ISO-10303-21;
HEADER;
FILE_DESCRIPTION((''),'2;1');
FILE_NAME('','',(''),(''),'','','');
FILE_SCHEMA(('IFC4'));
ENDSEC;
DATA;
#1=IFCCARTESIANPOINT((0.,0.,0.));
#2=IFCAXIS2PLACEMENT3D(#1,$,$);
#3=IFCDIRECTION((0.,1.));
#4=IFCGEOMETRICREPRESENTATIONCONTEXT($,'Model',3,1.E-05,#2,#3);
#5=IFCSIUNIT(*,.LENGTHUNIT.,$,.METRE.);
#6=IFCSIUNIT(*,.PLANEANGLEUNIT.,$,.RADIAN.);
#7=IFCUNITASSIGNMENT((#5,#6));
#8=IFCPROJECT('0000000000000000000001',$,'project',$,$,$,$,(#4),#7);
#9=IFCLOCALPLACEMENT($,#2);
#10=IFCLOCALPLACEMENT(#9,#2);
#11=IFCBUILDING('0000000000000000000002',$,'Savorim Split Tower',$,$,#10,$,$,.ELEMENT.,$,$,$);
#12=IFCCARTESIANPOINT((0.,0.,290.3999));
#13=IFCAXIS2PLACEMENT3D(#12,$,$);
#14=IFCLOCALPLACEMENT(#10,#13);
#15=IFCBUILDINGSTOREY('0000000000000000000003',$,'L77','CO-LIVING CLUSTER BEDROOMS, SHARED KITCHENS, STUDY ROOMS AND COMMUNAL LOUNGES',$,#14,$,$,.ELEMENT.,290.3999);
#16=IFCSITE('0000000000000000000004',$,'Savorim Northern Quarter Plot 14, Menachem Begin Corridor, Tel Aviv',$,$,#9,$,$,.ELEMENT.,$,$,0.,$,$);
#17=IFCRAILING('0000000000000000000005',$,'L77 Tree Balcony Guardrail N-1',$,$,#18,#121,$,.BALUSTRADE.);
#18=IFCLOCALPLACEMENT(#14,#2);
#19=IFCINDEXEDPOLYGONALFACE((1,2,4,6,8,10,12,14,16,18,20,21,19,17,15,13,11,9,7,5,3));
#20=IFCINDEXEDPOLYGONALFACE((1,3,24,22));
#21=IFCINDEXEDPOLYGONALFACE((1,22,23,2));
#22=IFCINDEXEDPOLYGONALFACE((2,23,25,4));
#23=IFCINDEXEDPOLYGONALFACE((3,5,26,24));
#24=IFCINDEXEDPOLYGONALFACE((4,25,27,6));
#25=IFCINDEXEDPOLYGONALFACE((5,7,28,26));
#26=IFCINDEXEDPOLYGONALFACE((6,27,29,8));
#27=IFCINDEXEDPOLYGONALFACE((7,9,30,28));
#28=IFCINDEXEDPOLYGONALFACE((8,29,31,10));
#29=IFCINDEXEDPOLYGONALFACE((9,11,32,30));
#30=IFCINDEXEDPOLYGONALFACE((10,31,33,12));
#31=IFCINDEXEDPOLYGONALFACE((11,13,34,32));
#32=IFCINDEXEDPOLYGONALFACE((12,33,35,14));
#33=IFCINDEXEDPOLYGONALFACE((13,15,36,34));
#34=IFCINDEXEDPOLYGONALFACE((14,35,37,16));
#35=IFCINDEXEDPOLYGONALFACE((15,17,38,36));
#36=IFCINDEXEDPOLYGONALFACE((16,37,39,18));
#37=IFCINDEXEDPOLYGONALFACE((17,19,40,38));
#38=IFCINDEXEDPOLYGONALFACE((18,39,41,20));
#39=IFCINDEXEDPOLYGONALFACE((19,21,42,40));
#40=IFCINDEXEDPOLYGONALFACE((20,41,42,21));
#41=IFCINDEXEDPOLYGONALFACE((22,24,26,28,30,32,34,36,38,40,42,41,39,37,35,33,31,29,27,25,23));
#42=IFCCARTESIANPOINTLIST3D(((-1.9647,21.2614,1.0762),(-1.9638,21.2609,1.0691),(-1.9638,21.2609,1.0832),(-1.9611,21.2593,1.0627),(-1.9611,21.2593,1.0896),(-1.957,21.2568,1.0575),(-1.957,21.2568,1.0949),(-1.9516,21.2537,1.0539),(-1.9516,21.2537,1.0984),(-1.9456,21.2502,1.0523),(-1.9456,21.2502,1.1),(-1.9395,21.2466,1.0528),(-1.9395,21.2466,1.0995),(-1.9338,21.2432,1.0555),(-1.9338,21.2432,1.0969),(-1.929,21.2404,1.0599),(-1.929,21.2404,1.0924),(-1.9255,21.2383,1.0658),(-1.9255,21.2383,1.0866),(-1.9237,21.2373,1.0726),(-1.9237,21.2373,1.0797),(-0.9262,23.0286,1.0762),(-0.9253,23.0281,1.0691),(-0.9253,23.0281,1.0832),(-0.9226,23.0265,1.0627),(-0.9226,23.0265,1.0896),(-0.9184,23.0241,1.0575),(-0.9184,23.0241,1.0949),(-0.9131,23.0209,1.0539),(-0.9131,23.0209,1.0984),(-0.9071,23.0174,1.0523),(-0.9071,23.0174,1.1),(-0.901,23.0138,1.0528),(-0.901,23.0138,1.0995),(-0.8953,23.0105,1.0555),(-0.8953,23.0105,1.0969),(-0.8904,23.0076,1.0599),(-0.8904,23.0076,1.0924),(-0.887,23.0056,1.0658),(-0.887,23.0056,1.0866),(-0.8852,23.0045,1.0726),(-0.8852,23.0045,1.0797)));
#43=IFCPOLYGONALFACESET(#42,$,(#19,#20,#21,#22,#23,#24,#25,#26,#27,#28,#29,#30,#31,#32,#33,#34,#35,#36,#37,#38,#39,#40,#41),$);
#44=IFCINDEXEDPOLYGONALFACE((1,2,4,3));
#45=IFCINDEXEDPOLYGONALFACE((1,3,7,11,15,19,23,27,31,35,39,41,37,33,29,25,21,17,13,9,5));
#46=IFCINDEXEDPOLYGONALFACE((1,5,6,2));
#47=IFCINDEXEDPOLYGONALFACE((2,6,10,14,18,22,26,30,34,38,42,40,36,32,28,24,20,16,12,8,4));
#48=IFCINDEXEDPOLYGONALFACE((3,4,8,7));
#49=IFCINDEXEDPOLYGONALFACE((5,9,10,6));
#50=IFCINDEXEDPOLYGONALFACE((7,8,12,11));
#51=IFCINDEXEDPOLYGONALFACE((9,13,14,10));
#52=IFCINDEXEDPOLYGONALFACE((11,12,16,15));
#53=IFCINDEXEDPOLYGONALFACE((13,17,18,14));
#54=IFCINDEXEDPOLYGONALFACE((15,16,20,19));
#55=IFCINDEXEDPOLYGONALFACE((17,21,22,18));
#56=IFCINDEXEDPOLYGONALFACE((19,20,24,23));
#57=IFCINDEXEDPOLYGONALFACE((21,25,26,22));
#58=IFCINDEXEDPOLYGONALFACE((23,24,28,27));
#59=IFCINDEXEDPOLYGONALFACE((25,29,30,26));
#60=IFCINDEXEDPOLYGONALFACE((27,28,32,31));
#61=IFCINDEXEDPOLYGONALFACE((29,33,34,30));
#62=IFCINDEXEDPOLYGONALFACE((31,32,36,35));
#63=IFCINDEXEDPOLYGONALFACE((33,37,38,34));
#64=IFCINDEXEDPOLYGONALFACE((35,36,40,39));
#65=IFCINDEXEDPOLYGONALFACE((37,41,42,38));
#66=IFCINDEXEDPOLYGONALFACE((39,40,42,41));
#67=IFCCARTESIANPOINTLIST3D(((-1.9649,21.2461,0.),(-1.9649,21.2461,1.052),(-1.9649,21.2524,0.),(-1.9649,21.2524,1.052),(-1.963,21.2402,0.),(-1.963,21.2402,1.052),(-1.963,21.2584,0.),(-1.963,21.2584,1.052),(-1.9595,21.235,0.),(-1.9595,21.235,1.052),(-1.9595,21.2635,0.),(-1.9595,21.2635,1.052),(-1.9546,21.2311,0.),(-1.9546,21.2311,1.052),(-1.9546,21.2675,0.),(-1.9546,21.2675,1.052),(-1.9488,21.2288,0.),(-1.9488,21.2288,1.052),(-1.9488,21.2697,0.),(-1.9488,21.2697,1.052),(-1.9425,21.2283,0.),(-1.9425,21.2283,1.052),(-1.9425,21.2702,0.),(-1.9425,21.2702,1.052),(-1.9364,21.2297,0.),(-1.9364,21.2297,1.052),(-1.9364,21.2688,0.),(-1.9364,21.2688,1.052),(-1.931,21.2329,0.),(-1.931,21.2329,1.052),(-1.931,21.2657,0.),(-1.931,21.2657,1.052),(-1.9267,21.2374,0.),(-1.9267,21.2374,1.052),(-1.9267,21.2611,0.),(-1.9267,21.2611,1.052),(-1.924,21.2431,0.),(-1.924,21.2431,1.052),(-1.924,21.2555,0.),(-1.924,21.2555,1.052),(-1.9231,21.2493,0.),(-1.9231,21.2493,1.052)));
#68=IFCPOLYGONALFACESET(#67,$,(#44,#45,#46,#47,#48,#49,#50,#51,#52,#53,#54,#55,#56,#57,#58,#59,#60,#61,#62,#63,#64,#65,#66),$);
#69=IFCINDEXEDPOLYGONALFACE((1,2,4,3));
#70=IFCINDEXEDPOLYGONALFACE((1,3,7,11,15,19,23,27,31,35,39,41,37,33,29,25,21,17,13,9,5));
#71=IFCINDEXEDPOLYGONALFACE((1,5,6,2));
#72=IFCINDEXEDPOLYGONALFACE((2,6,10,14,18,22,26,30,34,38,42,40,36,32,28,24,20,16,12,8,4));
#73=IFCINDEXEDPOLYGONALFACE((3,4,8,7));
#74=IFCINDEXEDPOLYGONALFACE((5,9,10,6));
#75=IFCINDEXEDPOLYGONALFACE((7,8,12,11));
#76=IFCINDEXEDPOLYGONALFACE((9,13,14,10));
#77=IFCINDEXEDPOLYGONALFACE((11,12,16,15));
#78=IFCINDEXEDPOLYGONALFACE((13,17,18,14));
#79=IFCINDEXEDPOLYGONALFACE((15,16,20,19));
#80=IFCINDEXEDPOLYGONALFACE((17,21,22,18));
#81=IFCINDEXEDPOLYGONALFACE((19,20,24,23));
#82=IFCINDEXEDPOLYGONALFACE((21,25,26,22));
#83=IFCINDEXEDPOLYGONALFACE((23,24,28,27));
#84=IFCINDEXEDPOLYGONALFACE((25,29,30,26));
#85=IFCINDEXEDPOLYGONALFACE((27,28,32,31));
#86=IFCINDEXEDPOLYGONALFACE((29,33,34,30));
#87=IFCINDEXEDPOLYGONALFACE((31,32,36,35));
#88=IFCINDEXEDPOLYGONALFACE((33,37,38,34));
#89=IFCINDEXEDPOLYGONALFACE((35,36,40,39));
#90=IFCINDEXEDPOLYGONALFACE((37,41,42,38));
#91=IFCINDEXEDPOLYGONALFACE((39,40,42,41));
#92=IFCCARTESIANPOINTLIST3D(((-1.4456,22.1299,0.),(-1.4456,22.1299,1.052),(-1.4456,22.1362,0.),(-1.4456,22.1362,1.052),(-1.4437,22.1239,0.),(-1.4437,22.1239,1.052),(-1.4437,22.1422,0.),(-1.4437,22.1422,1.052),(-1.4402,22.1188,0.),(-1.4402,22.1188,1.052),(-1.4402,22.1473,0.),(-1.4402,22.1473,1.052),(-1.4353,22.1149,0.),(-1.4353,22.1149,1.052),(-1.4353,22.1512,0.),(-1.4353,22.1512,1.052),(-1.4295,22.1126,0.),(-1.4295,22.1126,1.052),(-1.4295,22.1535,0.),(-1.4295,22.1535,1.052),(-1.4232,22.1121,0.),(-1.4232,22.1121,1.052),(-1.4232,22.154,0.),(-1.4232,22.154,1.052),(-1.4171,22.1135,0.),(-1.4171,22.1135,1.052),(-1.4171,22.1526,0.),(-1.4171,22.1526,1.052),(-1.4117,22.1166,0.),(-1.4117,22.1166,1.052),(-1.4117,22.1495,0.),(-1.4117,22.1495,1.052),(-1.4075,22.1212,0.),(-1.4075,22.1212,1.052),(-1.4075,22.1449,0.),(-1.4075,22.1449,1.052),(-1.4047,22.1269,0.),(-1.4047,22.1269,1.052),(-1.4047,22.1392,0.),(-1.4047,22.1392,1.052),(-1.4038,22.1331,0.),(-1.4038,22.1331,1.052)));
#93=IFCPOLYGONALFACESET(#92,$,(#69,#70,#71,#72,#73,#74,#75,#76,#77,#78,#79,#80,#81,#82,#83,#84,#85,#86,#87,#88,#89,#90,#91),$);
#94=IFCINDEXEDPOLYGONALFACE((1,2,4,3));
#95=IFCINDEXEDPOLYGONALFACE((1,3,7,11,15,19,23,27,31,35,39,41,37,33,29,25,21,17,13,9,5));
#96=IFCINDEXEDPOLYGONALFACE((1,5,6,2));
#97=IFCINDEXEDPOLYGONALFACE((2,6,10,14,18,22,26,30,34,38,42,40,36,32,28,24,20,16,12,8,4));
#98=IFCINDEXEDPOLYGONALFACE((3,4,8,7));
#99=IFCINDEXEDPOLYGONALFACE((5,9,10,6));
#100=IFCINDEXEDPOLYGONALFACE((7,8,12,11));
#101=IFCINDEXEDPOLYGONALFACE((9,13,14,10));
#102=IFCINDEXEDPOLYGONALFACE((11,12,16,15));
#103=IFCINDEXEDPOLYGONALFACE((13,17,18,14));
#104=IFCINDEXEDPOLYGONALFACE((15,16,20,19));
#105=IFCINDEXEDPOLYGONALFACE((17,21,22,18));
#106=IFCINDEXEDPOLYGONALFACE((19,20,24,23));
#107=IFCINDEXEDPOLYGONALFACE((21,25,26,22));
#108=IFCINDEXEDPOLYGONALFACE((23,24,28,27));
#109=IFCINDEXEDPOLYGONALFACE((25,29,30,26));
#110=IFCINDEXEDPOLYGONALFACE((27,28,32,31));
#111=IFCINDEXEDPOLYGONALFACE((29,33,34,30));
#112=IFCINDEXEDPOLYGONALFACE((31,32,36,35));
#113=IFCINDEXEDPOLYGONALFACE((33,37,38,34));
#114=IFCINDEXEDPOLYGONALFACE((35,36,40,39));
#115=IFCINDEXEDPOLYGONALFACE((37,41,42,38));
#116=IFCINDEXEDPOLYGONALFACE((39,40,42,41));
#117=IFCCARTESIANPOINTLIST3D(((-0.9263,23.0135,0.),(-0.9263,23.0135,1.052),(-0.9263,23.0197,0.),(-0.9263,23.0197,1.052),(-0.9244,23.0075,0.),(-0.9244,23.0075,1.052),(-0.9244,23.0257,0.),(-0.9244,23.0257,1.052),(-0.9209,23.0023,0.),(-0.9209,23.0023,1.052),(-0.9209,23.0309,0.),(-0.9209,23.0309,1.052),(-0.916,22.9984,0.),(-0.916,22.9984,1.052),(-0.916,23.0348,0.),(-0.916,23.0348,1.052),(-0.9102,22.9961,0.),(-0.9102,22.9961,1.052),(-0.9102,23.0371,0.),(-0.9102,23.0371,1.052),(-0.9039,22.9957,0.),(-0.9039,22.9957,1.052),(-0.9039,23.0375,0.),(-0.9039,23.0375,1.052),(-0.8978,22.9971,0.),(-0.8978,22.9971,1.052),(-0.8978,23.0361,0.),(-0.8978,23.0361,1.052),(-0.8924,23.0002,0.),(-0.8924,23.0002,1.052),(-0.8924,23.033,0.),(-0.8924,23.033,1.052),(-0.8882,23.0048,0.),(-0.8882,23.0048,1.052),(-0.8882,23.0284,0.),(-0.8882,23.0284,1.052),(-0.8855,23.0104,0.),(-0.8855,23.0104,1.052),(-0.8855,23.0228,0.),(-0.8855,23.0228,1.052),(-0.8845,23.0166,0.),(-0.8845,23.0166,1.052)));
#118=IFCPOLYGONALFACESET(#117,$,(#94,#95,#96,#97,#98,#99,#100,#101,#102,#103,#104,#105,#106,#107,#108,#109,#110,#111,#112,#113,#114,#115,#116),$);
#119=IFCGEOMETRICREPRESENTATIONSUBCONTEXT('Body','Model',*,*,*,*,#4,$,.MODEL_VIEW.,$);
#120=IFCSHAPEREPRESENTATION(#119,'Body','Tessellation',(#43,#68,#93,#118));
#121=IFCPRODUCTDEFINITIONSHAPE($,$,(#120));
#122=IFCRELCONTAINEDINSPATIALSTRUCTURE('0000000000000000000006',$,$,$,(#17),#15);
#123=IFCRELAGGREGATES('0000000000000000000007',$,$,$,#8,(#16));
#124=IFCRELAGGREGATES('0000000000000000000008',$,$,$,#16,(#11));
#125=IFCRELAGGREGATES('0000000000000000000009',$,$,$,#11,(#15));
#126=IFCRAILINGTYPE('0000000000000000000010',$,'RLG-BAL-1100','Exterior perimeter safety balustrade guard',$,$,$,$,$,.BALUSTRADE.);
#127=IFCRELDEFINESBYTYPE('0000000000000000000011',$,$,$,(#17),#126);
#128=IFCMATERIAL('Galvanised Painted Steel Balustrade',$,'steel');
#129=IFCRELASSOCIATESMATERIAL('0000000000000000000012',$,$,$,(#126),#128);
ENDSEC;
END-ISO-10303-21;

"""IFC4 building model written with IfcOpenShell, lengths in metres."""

from ifc_helpers import new_model, si_unit, direction, frame, origin, origin_2d, place, context, subcontext, project, spatial, circle, extrude, material, type_object, element, save


model = new_model("IFC4")

# Units and contexts
model_context = context("Model", 3, precision=1e-05, world=origin(), true_north=direction((0.0, 1.0)))
body_context = subcontext(model_context, "Body", "Model", "MODEL_VIEW")
ifc_project = project(units=[si_unit("LENGTHUNIT", "METRE"), si_unit("PLANEANGLEUNIT", "RADIAN")], contexts=[model_context])

# Site, building, storey
site_placement = place(None, origin())
site = spatial("IfcSite", under=ifc_project, at=site_placement, Name="Savorim Northern Quarter Plot 14, Menachem Begin Corridor, Tel Aviv", CompositionType="ELEMENT", RefElevation=0.0)
building_placement = place(site_placement, origin())
building = spatial("IfcBuilding", under=site, at=building_placement, Name="Savorim Split Tower", CompositionType="ELEMENT")
storey_placement = place(building_placement, frame((0.0, 0.0, 290.3999)))
storey = spatial("IfcBuildingStorey", under=building, at=storey_placement, Name="L77", Description="CO-LIVING CLUSTER BEDROOMS, SHARED KITCHENS, STUDY ROOMS AND COMMUNAL LOUNGES", CompositionType="ELEMENT", Elevation=290.3999)

# Railing
ifc_material_1 = material(Name="Galvanised Painted Steel Balustrade", Category="steel")
railing_type = type_object("IfcRailingType", Name="RLG-BAL-1100", Description="Exterior perimeter safety balustrade guard", PredefinedType="BALUSTRADE", material=ifc_material_1)
railing_1_placement = place(storey_placement, frame((-1.9441, 21.2493, 0.0)))
element("IfcRailing", 1, at=railing_1_placement, inside=storey, type_object=railing_type, Name="L77 Tree Balcony Guardrail N-1", PredefinedType="BALUSTRADE", context=body_context, shape_type="SweptSolid", body=[
    extrude(circle(Radius=0.0239, at=origin_2d()), frame((0.0, 0.0, 1.0762), z_axis=(0.506645, 0.862155, 0.0), x_axis=(-0.862155, 0.506645, 0.0)), (0.0, 0.0, 1.0), 2.0498),
    extrude(circle(Radius=0.021, at=origin_2d()), origin(), (0.0, 0.0, 1.0), 1.052),
    extrude(circle(Radius=0.021, at=origin_2d()), frame((0.5193, 0.8838, 0.0)), (0.0, 0.0, 1.0), 1.052),
    extrude(circle(Radius=0.021, at=origin_2d()), frame((1.0386, 1.7673, 0.0)), (0.0, 0.0, 1.0), 1.052),
])

save(model, "model.ifc")
